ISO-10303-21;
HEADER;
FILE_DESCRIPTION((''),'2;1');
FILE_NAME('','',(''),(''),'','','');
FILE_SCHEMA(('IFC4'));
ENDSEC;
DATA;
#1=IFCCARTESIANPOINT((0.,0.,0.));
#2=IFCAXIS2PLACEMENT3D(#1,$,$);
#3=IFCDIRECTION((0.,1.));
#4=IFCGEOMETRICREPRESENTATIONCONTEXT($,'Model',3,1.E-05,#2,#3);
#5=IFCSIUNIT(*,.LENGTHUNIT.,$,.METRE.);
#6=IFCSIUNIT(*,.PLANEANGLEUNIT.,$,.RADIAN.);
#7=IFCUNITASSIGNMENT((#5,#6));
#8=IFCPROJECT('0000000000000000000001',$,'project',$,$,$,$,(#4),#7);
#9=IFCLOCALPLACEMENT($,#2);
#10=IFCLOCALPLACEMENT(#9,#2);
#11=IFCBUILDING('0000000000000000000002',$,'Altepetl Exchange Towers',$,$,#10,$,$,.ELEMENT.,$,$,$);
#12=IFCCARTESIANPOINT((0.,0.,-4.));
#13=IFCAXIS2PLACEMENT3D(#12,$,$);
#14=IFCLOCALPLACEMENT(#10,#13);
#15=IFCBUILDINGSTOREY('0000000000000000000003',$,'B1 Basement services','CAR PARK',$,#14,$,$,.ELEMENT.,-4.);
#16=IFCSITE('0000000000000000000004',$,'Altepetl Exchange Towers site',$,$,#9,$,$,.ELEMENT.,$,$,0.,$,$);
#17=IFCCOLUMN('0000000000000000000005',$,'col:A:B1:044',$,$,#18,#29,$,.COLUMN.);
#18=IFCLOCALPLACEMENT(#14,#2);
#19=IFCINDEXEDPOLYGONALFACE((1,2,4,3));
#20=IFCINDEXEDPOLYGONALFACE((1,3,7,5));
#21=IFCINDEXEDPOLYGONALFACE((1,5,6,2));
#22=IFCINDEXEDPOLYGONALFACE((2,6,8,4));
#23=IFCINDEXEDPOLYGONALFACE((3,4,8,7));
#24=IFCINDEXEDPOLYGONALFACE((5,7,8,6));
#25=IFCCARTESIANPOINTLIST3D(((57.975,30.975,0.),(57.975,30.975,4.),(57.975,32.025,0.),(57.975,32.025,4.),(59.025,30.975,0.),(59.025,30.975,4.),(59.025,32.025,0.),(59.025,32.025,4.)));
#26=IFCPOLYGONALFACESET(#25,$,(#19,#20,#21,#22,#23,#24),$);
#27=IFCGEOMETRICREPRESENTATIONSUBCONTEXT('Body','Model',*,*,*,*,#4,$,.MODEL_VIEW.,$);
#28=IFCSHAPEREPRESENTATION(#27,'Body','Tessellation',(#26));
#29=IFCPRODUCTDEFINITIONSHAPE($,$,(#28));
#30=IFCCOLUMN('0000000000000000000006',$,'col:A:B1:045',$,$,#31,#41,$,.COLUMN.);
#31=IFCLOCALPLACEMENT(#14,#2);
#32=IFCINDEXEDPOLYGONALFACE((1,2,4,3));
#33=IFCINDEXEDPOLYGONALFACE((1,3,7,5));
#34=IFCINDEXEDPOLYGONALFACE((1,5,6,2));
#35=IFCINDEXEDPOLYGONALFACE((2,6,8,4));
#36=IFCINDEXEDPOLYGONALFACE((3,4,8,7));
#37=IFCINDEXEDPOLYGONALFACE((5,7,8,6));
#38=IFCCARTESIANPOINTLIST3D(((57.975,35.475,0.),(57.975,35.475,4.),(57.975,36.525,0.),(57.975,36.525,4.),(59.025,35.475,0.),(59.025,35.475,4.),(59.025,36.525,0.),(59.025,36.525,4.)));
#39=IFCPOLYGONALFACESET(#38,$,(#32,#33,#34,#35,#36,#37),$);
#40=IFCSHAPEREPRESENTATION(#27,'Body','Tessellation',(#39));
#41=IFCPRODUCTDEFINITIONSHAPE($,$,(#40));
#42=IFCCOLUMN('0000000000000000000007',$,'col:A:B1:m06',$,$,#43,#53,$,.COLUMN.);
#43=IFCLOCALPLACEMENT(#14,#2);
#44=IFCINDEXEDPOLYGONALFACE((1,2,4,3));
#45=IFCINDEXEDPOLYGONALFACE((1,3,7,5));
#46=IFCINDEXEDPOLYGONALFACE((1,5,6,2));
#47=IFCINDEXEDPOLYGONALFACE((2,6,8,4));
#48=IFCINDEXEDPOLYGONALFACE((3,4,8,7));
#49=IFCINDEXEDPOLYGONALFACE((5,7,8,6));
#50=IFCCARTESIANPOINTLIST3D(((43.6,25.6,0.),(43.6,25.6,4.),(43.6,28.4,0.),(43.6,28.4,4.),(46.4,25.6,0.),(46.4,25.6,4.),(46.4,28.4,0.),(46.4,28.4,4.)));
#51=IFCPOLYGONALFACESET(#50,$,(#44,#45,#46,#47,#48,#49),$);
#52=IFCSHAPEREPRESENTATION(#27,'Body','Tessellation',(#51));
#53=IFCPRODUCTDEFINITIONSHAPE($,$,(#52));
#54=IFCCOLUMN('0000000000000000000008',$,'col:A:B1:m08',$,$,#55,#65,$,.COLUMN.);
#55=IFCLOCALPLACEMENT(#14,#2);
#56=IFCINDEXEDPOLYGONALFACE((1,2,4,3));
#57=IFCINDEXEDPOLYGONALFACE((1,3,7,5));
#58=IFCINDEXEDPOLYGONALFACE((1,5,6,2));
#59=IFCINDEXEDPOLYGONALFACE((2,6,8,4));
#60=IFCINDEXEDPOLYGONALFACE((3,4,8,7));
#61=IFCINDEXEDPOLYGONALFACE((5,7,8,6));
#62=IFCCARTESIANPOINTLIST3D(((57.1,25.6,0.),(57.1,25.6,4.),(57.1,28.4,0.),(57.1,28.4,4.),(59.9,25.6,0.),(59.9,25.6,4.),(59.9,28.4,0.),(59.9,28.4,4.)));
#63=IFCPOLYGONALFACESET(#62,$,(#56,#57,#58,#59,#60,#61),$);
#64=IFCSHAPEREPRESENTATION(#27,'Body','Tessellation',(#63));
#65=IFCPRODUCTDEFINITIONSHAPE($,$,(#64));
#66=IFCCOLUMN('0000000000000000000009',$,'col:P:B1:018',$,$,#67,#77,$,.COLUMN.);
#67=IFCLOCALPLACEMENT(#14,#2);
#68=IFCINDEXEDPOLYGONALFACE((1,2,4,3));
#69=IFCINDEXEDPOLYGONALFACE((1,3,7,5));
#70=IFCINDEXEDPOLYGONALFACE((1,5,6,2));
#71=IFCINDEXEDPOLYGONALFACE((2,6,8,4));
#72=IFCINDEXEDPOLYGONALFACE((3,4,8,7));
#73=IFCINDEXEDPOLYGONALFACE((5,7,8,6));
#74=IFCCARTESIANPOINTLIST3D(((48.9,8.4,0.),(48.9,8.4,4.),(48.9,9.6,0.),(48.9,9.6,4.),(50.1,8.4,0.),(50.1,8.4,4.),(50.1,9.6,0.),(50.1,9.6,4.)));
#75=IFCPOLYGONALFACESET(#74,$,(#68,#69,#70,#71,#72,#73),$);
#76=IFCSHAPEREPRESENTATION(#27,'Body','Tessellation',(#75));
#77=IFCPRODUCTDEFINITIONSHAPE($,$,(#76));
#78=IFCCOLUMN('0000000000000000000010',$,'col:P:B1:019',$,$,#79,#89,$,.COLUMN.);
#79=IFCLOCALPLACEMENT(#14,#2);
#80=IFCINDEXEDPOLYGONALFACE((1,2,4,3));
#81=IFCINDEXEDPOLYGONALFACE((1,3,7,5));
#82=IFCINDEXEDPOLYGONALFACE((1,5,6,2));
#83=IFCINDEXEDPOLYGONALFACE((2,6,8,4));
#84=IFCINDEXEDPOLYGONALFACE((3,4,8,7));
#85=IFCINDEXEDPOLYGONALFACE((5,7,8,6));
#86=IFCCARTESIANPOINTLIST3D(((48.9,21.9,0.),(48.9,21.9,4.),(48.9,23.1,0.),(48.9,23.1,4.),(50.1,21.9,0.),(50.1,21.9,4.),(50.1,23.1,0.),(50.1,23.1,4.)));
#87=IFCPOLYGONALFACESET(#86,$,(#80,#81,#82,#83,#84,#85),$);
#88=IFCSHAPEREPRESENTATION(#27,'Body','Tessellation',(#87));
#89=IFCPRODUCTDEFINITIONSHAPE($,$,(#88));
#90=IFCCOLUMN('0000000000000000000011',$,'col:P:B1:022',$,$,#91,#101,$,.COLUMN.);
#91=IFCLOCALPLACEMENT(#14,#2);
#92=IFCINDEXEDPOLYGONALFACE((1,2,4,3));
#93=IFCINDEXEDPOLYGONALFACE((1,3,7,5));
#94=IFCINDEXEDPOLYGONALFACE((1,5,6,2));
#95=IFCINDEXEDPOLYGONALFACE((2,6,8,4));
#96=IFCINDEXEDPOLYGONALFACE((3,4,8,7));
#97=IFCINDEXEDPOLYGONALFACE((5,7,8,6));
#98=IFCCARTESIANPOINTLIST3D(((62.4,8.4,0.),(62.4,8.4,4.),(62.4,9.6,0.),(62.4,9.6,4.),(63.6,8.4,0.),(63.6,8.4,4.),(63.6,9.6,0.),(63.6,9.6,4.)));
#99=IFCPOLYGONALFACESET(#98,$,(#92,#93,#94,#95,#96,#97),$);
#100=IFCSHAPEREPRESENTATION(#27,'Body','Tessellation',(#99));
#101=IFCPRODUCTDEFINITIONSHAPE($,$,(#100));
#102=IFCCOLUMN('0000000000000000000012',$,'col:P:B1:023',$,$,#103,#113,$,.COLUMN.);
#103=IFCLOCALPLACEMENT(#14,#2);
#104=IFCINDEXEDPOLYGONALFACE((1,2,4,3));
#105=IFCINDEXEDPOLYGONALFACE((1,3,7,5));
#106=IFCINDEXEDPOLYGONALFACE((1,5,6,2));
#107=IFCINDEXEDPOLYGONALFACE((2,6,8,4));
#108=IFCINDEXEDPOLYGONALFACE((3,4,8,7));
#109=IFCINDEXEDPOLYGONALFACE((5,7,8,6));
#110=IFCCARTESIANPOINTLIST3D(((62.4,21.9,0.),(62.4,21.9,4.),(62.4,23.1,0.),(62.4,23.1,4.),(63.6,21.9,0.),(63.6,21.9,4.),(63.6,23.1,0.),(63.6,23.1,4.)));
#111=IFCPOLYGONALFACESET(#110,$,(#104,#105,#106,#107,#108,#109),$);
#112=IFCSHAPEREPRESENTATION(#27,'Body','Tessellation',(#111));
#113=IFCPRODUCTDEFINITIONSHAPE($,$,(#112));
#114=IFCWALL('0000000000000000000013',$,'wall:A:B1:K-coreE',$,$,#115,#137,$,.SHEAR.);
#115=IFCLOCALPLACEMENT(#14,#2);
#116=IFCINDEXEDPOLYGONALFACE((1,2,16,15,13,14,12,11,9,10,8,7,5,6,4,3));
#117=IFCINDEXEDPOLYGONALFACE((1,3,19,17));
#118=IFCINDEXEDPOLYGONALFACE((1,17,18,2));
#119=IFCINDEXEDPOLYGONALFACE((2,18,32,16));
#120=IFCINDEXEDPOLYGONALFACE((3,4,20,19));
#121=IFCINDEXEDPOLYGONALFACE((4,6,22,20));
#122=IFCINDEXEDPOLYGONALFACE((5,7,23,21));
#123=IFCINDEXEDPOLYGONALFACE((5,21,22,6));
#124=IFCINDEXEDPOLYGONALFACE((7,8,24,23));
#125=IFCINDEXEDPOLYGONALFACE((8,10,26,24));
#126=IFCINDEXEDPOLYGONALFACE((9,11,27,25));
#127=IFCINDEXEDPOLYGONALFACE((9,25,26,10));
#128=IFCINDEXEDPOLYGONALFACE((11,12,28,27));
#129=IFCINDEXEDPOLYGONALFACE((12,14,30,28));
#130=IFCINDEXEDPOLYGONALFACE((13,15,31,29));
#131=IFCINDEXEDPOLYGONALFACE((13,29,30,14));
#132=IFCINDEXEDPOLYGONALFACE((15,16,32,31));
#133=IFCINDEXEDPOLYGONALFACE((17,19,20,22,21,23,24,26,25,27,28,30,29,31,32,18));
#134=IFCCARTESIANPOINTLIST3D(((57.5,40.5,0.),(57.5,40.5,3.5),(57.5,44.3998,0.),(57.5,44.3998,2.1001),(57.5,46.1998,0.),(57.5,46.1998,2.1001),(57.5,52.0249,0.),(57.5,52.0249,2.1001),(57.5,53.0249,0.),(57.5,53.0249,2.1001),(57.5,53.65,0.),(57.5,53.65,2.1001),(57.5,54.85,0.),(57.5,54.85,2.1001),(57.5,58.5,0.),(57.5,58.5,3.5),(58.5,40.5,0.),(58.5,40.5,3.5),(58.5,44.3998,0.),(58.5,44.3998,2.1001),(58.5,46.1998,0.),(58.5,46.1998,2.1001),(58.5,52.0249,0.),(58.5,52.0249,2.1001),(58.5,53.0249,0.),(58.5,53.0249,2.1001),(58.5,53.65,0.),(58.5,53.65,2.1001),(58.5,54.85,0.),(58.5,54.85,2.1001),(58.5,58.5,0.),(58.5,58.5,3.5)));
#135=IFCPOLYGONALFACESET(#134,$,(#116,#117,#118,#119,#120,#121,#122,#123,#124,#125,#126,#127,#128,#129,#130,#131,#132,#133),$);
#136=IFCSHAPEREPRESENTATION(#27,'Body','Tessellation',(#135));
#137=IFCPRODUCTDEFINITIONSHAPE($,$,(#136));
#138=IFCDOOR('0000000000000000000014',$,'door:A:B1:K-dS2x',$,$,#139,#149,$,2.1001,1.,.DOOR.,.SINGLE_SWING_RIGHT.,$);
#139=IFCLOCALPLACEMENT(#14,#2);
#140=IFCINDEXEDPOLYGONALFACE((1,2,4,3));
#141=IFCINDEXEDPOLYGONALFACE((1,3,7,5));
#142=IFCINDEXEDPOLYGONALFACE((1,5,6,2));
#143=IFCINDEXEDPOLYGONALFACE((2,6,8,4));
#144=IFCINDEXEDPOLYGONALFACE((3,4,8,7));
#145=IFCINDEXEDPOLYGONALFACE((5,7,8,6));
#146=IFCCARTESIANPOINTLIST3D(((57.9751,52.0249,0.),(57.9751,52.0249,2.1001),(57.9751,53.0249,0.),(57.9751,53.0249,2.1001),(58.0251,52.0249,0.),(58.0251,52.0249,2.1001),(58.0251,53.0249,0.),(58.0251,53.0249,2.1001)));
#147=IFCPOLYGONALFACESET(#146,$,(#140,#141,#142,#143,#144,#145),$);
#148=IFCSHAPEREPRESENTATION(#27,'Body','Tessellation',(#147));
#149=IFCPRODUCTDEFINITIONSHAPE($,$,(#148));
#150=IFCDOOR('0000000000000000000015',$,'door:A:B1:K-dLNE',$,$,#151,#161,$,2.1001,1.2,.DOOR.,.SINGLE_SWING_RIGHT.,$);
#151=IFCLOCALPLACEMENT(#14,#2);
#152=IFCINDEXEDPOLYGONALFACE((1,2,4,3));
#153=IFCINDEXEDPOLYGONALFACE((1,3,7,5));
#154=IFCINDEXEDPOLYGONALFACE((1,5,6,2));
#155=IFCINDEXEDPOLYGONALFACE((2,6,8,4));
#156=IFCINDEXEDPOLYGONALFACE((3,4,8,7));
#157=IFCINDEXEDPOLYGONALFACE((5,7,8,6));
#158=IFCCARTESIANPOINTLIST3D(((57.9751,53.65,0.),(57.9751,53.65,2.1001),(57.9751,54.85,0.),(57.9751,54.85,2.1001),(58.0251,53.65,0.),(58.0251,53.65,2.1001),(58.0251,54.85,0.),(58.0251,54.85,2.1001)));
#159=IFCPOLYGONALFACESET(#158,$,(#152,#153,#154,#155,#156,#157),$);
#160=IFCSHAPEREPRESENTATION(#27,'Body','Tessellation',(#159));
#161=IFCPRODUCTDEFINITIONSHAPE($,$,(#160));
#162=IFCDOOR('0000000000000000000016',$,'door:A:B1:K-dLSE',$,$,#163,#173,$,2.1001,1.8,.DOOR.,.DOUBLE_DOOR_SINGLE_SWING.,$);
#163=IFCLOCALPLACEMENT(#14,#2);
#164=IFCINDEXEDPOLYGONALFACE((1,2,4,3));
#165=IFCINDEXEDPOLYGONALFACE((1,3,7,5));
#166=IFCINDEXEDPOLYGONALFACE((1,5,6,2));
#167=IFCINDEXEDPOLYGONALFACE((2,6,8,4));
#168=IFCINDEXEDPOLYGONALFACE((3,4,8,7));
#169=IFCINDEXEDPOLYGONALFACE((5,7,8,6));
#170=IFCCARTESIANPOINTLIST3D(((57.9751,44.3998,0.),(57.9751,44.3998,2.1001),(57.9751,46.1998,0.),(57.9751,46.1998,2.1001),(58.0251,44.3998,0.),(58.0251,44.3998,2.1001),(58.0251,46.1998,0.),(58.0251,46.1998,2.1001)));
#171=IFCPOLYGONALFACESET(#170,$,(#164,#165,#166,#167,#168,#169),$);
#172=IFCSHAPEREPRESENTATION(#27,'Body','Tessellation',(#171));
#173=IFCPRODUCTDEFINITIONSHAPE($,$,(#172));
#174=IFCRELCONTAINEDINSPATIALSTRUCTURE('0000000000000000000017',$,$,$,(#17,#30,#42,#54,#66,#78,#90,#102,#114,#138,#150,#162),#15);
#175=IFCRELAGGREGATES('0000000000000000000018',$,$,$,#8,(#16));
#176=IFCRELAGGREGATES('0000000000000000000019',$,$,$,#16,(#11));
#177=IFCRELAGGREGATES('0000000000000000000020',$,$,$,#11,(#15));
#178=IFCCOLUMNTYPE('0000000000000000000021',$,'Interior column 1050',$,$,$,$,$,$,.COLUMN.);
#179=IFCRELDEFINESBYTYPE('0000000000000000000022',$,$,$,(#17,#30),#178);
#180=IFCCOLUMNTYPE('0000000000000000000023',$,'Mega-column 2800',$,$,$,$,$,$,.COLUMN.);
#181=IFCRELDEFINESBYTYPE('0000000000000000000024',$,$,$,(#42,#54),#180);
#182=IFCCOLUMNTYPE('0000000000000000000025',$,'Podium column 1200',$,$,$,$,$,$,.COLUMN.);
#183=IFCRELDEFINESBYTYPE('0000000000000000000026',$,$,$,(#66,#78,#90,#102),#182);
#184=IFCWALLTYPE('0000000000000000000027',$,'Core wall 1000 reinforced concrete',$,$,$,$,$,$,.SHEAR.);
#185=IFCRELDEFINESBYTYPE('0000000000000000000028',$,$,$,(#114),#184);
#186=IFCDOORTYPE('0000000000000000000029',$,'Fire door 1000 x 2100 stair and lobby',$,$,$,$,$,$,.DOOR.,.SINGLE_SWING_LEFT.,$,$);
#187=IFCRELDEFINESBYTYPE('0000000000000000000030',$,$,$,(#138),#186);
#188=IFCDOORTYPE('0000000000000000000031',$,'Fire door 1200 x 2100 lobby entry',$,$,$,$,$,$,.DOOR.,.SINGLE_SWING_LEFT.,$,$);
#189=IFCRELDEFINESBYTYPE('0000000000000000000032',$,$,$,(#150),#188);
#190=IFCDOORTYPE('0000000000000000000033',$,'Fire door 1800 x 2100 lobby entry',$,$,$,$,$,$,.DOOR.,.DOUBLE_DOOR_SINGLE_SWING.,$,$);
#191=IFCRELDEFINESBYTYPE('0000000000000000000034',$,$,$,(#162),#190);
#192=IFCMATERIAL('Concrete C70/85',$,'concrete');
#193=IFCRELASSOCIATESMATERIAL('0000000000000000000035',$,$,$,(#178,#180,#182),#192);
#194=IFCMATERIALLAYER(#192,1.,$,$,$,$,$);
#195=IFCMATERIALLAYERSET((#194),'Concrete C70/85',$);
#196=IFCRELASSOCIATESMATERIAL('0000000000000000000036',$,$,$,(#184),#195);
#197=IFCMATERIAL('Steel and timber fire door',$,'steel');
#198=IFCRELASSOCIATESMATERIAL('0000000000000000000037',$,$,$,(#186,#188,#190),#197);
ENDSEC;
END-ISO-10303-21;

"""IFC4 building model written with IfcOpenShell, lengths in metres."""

from ifc_helpers import new_model, si_unit, direction, frame, frame_2d, origin, origin_2d, place, context, subcontext, project, spatial, rectangle, extrude, material, layer, layer_set, material_profile, profile_set, type_object, element, fill, save


model = new_model("IFC4")

# Units and contexts
model_context = context("Model", 3, precision=1e-05, world=origin(), true_north=direction((0.0, 1.0)))
body_context = subcontext(model_context, "Body", "Model", "MODEL_VIEW")
ifc_project = project(units=[si_unit("LENGTHUNIT", "METRE"), si_unit("PLANEANGLEUNIT", "RADIAN")], contexts=[model_context])

# Site, building, storey
site_placement = place(None, origin())
site = spatial("IfcSite", under=ifc_project, at=site_placement, Name="Altepetl Exchange Towers site", CompositionType="ELEMENT", RefElevation=0.0)
building_placement = place(site_placement, origin())
building = spatial("IfcBuilding", under=site, at=building_placement, Name="Altepetl Exchange Towers", CompositionType="ELEMENT")
storey_placement = place(building_placement, frame((0.0, 0.0, -4.0)))
storey = spatial("IfcBuildingStorey", under=building, at=storey_placement, Name="B1 Basement services", Description="CAR PARK", CompositionType="ELEMENT", Elevation=-4.0)

# Columns
ifc_material_1 = material(Name="Concrete C70/85", Category="concrete")
ifc_material_profile_1 = material_profile(ifc_material_1, rectangle(XDim=1.05, YDim=1.05, at=origin_2d()), Name="1050 x 1050")
ifc_profile_set_1 = profile_set([ifc_material_profile_1], Name="Concrete C70/85")
column_type_1 = type_object("IfcColumnType", Name="Interior column 1050", PredefinedType="COLUMN", material=ifc_profile_set_1)
for number, where, name in (
    (1, (58.5, 31.5, 0.0), "col:A:B1:044"),
    (2, (58.5, 36.0, 0.0), "col:A:B1:045"),
):
    element("IfcColumn", number, at=place(storey_placement, frame(where)), inside=storey, type_object=column_type_1, Name=name, PredefinedType="COLUMN", context=body_context, shape_type="SweptSolid", body=[
        extrude(rectangle(XDim=1.05, YDim=1.05, at=origin_2d()), origin(), (0.0, 0.0, 1.0), 4.0),
    ])
ifc_material_profile_2 = material_profile(ifc_material_1, rectangle(XDim=2.8, YDim=2.8, at=origin_2d()), Name="2800 x 2800")
ifc_profile_set_2 = profile_set([ifc_material_profile_2], Name="Concrete C70/85")
column_type_2 = type_object("IfcColumnType", Name="Mega-column 2800", PredefinedType="COLUMN", material=ifc_profile_set_2)
for number, where, name in (
    (3, (45.0, 27.0, 0.0), "col:A:B1:m06"),
    (4, (58.5, 27.0, 0.0), "col:A:B1:m08"),
):
    element("IfcColumn", number, at=place(storey_placement, frame(where)), inside=storey, type_object=column_type_2, Name=name, PredefinedType="COLUMN", context=body_context, shape_type="SweptSolid", body=[
        extrude(rectangle(XDim=2.8, YDim=2.8, at=origin_2d()), origin(), (0.0, 0.0, 1.0), 4.0),
    ])
ifc_material_profile_3 = material_profile(ifc_material_1, rectangle(XDim=1.2, YDim=1.2, at=origin_2d()), Name="1200 x 1200")
ifc_profile_set_3 = profile_set([ifc_material_profile_3], Name="Concrete C70/85")
column_type_3 = type_object("IfcColumnType", Name="Podium column 1200", PredefinedType="COLUMN", material=ifc_profile_set_3)
for number, where, name in (
    (5, (49.5, 9.0, 0.0), "col:P:B1:018"),
    (6, (49.5, 22.5, 0.0), "col:P:B1:019"),
    (7, (63.0, 9.0, 0.0), "col:P:B1:022"),
    (8, (63.0, 22.5, 0.0), "col:P:B1:023"),
):
    element("IfcColumn", number, at=place(storey_placement, frame(where)), inside=storey, type_object=column_type_3, Name=name, PredefinedType="COLUMN", context=body_context, shape_type="SweptSolid", body=[
        extrude(rectangle(XDim=1.2, YDim=1.2, at=origin_2d()), origin(), (0.0, 0.0, 1.0), 4.0),
    ])

# Wall, openings, doors
ifc_layer_1 = layer(ifc_material_1, 1.0)
ifc_layer_set_1 = layer_set([ifc_layer_1], Name="Concrete C70/85")
wall_type_1 = type_object("IfcWallType", Name="Core wall 1000 reinforced concrete", PredefinedType="SHEAR", material=ifc_layer_set_1)
wall_1_placement = place(storey_placement, frame((58.0, 40.5, 0.0), z_axis=(0.0, 0.0, 1.0), x_axis=(0.0, 1.0, 0.0)))
wall_1 = element("IfcWall", 9, at=wall_1_placement, inside=storey, type_object=wall_type_1, Name="wall:A:B1:K-coreE", PredefinedType="SHEAR", context=body_context, shape_type="SweptSolid", body=[
    extrude(rectangle(XDim=18.0, YDim=1.0, at=frame_2d((9.0, 0.0))), origin(), (0.0, 0.0, 1.0), 3.5),
])
opening_1_placement = place(wall_1_placement, frame((13.1499, 0.0, 0.0)))
opening_1 = element("IfcOpeningElement", 10, at=opening_1_placement, cuts=wall_1, PredefinedType="OPENING", context=body_context, shape_type="SweptSolid", body=[
    extrude(rectangle(XDim=1.2, YDim=2.1001, at=frame_2d((0.6001, 1.05))), frame((0.0, 0.51, 0.0), z_axis=(0.0, -1.0, 0.0), x_axis=(1.0, 0.0, 0.0)), (0.0, 0.0, 1.0), 1.02),
])
opening_2_placement = place(wall_1_placement, frame((3.8999, 0.0, 0.0)))
opening_2 = element("IfcOpeningElement", 11, at=opening_2_placement, cuts=wall_1, PredefinedType="OPENING", context=body_context, shape_type="SweptSolid", body=[
    extrude(rectangle(XDim=1.8, YDim=2.1001, at=frame_2d((0.8999, 1.05))), frame((0.0, 0.51, 0.0), z_axis=(0.0, -1.0, 0.0), x_axis=(1.0, 0.0, 0.0)), (0.0, 0.0, 1.0), 1.02),
])
opening_3_placement = place(wall_1_placement, frame((11.5249, 0.0, 0.0)))
opening_3 = element("IfcOpeningElement", 12, at=opening_3_placement, cuts=wall_1, PredefinedType="OPENING", context=body_context, shape_type="SweptSolid", body=[
    extrude(rectangle(XDim=1.0, YDim=2.1001, at=frame_2d((0.5, 1.05))), frame((0.0, 0.51, 0.0), z_axis=(0.0, -1.0, 0.0), x_axis=(1.0, 0.0, 0.0)), (0.0, 0.0, 1.0), 1.02),
])
ifc_material_2 = material(Name="Steel and timber fire door", Category="steel")
door_type_1 = type_object("IfcDoorType", Name="Fire door 1000 x 2100 stair and lobby", OperationType="SINGLE_SWING_LEFT", PredefinedType="DOOR", material=ifc_material_2)
door_1_placement = place(opening_3_placement, origin())
door_1 = element("IfcDoor", 13, at=door_1_placement, inside=storey, type_object=door_type_1, Name="door:A:B1:K-dS2x", OperationType="SINGLE_SWING_RIGHT", OverallHeight=2.1001, OverallWidth=1.0, PredefinedType="DOOR", context=body_context, shape_type="SweptSolid", body=[
    extrude(rectangle(XDim=1.0, YDim=2.1001, at=frame_2d((0.5, 1.05))), frame((0.0, 0.0249, 0.0), z_axis=(0.0, -1.0, 0.0), x_axis=(1.0, 0.0, 0.0)), (0.0, 0.0, 1.0), 0.05),
])
fill(opening_3, door_1)
door_type_2 = type_object("IfcDoorType", Name="Fire door 1200 x 2100 lobby entry", OperationType="SINGLE_SWING_LEFT", PredefinedType="DOOR", material=ifc_material_2)
door_2_placement = place(opening_1_placement, origin())
door_2 = element("IfcDoor", 14, at=door_2_placement, inside=storey, type_object=door_type_2, Name="door:A:B1:K-dLNE", OperationType="SINGLE_SWING_RIGHT", OverallHeight=2.1001, OverallWidth=1.2, PredefinedType="DOOR", context=body_context, shape_type="SweptSolid", body=[
    extrude(rectangle(XDim=1.2, YDim=2.1001, at=frame_2d((0.6001, 1.05))), frame((0.0, 0.0249, 0.0), z_axis=(0.0, -1.0, 0.0), x_axis=(1.0, 0.0, 0.0)), (0.0, 0.0, 1.0), 0.05),
])
fill(opening_1, door_2)
door_type_3 = type_object("IfcDoorType", Name="Fire door 1800 x 2100 lobby entry", OperationType="DOUBLE_DOOR_SINGLE_SWING", PredefinedType="DOOR", material=ifc_material_2)
door_3_placement = place(opening_2_placement, origin())
door_3 = element("IfcDoor", 15, at=door_3_placement, inside=storey, type_object=door_type_3, Name="door:A:B1:K-dLSE", OperationType="DOUBLE_DOOR_SINGLE_SWING", OverallHeight=2.1001, OverallWidth=1.8, PredefinedType="DOOR", context=body_context, shape_type="SweptSolid", body=[
    extrude(rectangle(XDim=1.8, YDim=2.1001, at=frame_2d((0.8999, 1.05))), frame((0.0, 0.0249, 0.0), z_axis=(0.0, -1.0, 0.0), x_axis=(1.0, 0.0, 0.0)), (0.0, 0.0, 1.0), 0.05),
])
fill(opening_2, door_3)

save(model, "model.ifc")
